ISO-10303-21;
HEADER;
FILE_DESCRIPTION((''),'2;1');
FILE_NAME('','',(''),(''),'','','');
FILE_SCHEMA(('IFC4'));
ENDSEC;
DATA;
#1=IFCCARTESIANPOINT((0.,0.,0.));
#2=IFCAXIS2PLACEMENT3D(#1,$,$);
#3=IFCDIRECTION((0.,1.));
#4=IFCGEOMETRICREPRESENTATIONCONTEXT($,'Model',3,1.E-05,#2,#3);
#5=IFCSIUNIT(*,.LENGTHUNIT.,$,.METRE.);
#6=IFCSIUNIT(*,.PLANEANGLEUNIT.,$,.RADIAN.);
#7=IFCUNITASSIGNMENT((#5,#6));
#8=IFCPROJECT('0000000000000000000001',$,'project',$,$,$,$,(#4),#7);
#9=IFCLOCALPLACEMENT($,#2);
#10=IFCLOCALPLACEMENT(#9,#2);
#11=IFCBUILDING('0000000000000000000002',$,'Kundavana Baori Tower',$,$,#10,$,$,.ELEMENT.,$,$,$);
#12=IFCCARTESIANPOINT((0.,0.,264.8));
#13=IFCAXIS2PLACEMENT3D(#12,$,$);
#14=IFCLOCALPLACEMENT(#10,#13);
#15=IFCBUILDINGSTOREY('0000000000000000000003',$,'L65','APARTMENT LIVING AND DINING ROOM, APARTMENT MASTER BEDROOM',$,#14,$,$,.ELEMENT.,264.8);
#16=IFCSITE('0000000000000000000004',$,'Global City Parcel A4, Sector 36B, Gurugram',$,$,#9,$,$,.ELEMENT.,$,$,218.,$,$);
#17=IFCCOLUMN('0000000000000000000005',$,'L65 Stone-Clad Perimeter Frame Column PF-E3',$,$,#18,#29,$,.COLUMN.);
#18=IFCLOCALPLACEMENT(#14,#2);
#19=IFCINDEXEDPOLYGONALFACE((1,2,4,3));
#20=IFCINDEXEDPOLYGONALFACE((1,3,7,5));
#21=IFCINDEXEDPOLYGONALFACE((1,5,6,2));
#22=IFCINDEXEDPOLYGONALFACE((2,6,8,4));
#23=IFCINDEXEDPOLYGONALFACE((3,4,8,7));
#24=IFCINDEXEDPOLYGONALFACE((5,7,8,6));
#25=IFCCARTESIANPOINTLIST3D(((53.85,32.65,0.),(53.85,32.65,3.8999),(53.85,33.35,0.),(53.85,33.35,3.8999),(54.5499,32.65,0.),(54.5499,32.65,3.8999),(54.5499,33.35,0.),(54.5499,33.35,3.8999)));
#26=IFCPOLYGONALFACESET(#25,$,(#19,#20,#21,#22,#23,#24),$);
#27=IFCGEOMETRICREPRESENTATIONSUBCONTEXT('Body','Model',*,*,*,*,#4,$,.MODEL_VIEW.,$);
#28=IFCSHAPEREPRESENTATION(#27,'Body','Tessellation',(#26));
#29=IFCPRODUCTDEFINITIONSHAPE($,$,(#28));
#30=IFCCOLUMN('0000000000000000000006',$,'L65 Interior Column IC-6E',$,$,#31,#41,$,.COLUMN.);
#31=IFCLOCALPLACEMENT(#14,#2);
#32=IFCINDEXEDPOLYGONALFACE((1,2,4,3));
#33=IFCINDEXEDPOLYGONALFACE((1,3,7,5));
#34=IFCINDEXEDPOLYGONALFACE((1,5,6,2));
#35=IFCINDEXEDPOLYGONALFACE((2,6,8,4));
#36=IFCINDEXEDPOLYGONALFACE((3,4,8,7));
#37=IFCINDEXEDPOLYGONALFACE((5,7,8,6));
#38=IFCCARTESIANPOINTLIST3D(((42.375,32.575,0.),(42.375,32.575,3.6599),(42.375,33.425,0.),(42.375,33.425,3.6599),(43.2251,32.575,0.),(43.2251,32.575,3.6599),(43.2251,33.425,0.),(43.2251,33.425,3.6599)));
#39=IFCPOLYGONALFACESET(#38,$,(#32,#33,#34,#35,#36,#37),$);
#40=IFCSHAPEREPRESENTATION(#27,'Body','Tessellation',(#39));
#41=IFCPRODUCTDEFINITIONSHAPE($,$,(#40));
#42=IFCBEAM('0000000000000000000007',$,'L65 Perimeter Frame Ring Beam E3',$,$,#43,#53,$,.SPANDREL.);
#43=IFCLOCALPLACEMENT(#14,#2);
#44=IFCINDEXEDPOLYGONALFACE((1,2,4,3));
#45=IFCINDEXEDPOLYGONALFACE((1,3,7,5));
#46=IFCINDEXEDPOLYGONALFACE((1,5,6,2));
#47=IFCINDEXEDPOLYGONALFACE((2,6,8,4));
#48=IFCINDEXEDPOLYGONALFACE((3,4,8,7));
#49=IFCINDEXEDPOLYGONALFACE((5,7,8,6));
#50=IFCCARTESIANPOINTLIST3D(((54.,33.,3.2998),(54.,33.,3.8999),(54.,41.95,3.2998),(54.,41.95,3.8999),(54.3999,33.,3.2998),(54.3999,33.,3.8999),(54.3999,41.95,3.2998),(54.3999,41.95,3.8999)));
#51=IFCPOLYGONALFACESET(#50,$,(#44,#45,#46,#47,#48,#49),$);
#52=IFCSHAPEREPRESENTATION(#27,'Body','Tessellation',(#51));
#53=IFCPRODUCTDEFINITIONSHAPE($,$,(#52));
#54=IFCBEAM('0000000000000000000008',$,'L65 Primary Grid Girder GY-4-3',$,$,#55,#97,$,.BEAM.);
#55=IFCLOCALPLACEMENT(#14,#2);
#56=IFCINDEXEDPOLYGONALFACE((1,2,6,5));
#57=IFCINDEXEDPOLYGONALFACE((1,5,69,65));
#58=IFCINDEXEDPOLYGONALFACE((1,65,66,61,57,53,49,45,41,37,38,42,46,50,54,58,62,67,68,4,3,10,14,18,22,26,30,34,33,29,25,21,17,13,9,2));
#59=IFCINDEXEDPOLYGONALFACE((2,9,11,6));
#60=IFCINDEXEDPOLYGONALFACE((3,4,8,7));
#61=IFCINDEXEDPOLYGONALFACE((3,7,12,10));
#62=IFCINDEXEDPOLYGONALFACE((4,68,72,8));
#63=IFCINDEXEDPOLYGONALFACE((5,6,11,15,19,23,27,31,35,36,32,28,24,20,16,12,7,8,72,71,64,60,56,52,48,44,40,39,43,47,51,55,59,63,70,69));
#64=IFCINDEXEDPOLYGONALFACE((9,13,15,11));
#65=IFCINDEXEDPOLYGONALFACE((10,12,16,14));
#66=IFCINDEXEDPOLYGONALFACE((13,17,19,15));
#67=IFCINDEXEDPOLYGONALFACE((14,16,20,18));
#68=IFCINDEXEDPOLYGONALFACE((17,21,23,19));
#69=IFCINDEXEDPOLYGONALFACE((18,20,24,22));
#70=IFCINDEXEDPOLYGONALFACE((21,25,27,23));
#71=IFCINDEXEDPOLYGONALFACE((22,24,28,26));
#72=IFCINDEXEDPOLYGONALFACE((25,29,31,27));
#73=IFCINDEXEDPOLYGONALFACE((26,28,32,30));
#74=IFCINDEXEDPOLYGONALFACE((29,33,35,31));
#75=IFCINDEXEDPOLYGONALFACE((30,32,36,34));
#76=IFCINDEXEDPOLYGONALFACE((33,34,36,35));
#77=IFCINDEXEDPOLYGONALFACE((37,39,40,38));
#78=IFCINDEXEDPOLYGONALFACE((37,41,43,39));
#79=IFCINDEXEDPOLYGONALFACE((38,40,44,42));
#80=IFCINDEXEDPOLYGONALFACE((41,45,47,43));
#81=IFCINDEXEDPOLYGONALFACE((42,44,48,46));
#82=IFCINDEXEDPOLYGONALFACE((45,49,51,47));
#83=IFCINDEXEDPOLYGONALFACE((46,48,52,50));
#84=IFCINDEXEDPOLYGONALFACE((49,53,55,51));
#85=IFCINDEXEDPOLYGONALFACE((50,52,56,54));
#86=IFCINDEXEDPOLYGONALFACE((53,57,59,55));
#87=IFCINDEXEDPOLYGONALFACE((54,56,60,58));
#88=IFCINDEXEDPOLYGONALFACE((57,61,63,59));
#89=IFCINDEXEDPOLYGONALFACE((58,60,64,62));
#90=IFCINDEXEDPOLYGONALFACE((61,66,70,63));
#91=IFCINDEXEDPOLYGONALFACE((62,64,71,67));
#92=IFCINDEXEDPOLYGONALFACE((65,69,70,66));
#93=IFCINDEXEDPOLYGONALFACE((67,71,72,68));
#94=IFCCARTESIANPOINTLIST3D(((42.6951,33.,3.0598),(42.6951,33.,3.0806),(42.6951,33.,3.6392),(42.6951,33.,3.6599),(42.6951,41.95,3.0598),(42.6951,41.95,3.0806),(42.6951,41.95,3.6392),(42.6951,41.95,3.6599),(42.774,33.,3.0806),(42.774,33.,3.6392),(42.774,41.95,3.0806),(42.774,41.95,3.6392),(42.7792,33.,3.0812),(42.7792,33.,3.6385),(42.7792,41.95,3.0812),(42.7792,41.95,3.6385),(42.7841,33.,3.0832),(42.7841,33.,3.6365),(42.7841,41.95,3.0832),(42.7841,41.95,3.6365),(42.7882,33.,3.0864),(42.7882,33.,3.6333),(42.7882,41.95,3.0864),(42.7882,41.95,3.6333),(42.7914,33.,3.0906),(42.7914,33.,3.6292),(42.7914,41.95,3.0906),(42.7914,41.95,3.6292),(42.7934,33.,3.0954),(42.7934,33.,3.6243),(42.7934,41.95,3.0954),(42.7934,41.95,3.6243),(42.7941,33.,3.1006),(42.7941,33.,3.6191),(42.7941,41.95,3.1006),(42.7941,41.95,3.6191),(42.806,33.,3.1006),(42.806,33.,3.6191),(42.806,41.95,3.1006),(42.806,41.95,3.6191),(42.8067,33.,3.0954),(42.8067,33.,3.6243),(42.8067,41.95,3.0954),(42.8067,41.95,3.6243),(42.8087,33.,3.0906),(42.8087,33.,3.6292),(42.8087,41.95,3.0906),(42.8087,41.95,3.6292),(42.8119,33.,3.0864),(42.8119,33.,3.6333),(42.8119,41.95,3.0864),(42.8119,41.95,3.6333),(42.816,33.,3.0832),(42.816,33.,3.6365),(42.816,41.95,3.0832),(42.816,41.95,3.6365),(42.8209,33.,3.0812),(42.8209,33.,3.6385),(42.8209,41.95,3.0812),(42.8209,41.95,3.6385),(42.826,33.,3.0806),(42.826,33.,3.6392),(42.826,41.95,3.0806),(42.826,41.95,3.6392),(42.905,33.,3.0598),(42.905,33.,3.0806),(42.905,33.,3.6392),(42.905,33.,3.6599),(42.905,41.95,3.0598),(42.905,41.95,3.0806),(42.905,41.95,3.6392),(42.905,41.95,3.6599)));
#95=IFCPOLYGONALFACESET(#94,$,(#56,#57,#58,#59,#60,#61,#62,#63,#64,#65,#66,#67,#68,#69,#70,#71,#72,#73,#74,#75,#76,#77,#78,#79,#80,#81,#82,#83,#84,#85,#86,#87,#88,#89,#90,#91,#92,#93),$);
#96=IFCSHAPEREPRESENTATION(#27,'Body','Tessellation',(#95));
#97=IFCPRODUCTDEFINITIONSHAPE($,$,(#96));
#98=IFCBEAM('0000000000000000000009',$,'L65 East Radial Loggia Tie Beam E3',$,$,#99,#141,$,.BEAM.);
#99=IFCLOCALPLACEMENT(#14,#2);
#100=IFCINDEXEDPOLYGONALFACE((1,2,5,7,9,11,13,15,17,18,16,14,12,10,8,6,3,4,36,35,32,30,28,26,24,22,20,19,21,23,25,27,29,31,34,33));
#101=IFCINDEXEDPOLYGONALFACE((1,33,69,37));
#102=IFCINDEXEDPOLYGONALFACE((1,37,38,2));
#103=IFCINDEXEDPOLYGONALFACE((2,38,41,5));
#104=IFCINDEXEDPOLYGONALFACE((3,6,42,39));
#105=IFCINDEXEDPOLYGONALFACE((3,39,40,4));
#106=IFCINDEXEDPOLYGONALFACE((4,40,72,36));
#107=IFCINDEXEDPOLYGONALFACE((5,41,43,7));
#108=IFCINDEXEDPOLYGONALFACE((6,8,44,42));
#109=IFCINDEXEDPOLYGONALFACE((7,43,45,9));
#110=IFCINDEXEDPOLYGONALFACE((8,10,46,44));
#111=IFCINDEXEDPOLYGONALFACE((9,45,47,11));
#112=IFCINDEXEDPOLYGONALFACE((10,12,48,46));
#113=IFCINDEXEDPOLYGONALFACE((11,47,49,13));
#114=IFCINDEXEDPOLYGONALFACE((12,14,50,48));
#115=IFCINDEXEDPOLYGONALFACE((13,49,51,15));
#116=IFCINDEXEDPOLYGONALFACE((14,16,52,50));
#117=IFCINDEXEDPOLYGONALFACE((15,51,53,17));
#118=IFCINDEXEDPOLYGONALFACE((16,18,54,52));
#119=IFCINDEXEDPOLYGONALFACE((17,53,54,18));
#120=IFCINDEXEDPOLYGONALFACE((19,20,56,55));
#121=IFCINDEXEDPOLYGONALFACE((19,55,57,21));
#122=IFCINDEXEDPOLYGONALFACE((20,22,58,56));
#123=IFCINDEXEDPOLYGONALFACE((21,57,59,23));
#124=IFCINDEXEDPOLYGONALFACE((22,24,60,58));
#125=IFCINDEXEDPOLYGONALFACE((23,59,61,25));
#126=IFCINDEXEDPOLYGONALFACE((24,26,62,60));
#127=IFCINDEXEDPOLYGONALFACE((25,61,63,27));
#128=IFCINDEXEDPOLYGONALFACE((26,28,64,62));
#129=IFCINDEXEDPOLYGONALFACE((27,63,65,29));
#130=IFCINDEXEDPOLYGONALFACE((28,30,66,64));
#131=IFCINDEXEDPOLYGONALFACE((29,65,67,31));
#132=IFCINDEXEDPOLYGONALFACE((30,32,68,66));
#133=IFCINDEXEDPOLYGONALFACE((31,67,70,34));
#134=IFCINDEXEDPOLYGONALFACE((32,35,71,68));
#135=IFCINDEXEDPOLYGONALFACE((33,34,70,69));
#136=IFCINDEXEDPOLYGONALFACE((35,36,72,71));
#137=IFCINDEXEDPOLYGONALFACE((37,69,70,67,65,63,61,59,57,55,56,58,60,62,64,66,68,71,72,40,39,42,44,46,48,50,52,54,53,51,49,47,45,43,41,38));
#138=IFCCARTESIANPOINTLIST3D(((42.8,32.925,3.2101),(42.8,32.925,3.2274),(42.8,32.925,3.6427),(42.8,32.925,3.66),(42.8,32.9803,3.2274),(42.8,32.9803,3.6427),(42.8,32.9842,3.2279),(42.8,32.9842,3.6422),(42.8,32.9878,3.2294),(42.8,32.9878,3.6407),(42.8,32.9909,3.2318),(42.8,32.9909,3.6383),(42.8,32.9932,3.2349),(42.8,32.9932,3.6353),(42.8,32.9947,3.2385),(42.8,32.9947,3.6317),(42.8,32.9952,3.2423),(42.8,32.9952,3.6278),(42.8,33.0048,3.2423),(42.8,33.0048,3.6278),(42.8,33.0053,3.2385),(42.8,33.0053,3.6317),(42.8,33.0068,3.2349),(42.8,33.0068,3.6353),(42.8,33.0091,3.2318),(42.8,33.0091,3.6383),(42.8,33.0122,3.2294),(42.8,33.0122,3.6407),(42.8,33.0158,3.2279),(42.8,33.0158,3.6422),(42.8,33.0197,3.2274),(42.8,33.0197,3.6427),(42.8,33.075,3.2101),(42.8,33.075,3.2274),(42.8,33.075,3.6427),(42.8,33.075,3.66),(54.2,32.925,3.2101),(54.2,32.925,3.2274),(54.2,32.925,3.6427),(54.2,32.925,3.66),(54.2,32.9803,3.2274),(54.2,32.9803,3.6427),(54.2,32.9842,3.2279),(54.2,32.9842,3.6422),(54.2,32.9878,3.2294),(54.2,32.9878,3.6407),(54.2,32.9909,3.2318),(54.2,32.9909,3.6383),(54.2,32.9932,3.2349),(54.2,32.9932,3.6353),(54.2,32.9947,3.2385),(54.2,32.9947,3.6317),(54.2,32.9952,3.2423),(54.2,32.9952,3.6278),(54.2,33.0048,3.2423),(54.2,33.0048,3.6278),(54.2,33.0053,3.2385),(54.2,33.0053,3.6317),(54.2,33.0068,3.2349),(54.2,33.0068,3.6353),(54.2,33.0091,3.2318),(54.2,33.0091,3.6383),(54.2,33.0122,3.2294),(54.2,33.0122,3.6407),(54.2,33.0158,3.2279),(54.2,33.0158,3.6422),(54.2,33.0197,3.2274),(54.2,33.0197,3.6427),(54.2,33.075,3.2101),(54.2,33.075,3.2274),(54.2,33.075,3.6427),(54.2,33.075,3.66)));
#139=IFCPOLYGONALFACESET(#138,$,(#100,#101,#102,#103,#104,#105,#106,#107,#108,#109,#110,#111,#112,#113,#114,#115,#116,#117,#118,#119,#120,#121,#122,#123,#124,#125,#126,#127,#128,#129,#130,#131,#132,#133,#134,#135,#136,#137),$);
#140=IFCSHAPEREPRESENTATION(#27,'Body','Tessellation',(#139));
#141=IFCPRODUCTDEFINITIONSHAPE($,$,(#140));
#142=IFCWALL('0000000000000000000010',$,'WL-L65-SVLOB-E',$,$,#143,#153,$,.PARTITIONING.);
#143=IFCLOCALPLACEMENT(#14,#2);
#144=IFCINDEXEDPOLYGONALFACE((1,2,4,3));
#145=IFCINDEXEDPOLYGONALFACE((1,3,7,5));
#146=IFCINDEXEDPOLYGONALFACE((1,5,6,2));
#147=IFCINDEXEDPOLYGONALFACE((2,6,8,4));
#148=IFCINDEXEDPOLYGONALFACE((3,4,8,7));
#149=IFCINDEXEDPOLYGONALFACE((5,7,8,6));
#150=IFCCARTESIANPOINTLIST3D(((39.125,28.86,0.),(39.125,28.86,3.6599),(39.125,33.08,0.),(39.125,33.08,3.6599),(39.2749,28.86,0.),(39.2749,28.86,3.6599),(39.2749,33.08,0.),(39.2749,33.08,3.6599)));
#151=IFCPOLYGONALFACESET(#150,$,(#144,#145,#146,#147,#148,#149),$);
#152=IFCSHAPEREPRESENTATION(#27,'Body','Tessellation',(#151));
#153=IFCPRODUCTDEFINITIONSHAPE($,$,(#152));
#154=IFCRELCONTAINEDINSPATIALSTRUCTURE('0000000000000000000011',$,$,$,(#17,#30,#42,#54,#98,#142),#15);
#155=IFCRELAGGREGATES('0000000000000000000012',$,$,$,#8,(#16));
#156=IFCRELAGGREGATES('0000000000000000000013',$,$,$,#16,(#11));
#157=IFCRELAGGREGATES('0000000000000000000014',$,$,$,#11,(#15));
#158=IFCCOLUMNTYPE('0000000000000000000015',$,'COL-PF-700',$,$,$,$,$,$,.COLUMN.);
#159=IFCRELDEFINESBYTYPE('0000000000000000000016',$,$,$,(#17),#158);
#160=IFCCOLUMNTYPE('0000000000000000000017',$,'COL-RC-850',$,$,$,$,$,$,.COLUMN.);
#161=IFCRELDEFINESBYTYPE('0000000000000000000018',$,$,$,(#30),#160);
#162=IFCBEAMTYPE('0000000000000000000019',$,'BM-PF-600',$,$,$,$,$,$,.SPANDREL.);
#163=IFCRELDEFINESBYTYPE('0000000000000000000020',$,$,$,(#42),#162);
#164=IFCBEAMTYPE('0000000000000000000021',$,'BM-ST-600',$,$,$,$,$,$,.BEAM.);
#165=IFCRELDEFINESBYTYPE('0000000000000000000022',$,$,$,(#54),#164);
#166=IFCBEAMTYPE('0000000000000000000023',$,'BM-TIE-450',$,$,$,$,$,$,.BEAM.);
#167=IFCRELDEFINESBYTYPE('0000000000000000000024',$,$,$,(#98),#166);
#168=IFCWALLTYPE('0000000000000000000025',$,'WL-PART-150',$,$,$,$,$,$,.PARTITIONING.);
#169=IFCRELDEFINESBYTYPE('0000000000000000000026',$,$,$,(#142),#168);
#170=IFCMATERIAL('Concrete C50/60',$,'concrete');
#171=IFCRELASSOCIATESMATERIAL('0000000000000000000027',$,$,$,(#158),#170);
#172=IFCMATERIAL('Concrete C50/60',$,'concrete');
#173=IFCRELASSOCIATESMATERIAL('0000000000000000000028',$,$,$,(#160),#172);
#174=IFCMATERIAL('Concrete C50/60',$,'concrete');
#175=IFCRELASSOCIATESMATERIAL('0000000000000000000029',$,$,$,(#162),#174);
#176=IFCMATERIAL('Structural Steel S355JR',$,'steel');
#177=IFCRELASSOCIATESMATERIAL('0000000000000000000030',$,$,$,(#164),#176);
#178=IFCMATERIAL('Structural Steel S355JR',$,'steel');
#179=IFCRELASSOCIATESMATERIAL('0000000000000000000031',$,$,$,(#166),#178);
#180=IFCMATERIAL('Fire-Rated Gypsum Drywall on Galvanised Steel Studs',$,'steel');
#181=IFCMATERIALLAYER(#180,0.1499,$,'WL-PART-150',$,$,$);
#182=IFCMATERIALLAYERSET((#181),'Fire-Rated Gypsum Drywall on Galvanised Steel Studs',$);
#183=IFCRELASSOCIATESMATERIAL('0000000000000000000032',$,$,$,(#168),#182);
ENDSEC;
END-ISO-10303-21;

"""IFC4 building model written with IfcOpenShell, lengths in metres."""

from ifc_helpers import new_model, si_unit, direction, frame, frame_2d, origin, origin_2d, place, context, subcontext, project, spatial, rectangle, i_section, extrude, material, layer, layer_set, material_profile, profile_set, type_object, element, save


model = new_model("IFC4")

# Units and contexts
model_context = context("Model", 3, precision=1e-05, world=origin(), true_north=direction((0.0, 1.0)))
body_context = subcontext(model_context, "Body", "Model", "MODEL_VIEW")
ifc_project = project(units=[si_unit("LENGTHUNIT", "METRE"), si_unit("PLANEANGLEUNIT", "RADIAN")], contexts=[model_context])

# Site, building, storey
site_placement = place(None, origin())
site = spatial("IfcSite", under=ifc_project, at=site_placement, Name="Global City Parcel A4, Sector 36B, Gurugram", CompositionType="ELEMENT", RefElevation=218.0)
building_placement = place(site_placement, origin())
building = spatial("IfcBuilding", under=site, at=building_placement, Name="Kundavana Baori Tower", CompositionType="ELEMENT")
storey_placement = place(building_placement, frame((0.0, 0.0, 264.8)))
storey = spatial("IfcBuildingStorey", under=building, at=storey_placement, Name="L65", Description="APARTMENT LIVING AND DINING ROOM, APARTMENT MASTER BEDROOM", CompositionType="ELEMENT", Elevation=264.8)

# Columns
ifc_material_1 = material(Name="Concrete C50/60", Category="concrete")
ifc_material_profile_1 = material_profile(ifc_material_1, rectangle(XDim=0.7, YDim=0.7, at=origin_2d()), Name="RC PF 700x700")
ifc_profile_set_1 = profile_set([ifc_material_profile_1], Name="Concrete C50/60")
column_type_1 = type_object("IfcColumnType", Name="COL-PF-700", PredefinedType="COLUMN", material=ifc_profile_set_1)
column_1_placement = place(storey_placement, frame((54.2, 33.0, 0.0), z_axis=(0.0, 0.0, 1.0), x_axis=(1.0, 0.0, 0.0)))
element("IfcColumn", 1, at=column_1_placement, inside=storey, type_object=column_type_1, Name="L65 Stone-Clad Perimeter Frame Column PF-E3", PredefinedType="COLUMN", context=body_context, shape_type="SweptSolid", body=[
    extrude(rectangle(XDim=0.7, YDim=0.7, at=origin_2d()), origin(), (0.0, 0.0, 1.0), 3.8999),
])
ifc_material_2 = material(Name="Concrete C50/60", Category="concrete")
ifc_material_profile_2 = material_profile(ifc_material_2, rectangle(XDim=0.8501, YDim=0.8501, at=origin_2d()), Name="RC 850x850")
ifc_profile_set_2 = profile_set([ifc_material_profile_2], Name="Concrete C50/60")
column_type_2 = type_object("IfcColumnType", Name="COL-RC-850", PredefinedType="COLUMN", material=ifc_profile_set_2)
column_2_placement = place(storey_placement, frame((42.8, 33.0, 0.0), z_axis=(0.0, 0.0, 1.0), x_axis=(1.0, 0.0, 0.0)))
element("IfcColumn", 2, at=column_2_placement, inside=storey, type_object=column_type_2, Name="L65 Interior Column IC-6E", PredefinedType="COLUMN", context=body_context, shape_type="SweptSolid", body=[
    extrude(rectangle(XDim=0.8501, YDim=0.8501, at=origin_2d()), origin(), (0.0, 0.0, 1.0), 3.6599),
])

# Beams
ifc_material_3 = material(Name="Concrete C50/60", Category="concrete")
ifc_material_profile_3 = material_profile(ifc_material_3, rectangle(XDim=0.3999, YDim=0.6001, at=origin_2d()), Name="RC BM 400x600")
ifc_profile_set_3 = profile_set([ifc_material_profile_3], Name="Concrete C50/60")
beam_type_1 = type_object("IfcBeamType", Name="BM-PF-600", PredefinedType="SPANDREL", material=ifc_profile_set_3)
beam_1_placement = place(storey_placement, frame((54.2, 33.0, 3.5999), z_axis=(0.0, 1.0, 0.0), x_axis=(-1.0, 0.0, 0.0)))
element("IfcBeam", 3, at=beam_1_placement, inside=storey, type_object=beam_type_1, Name="L65 Perimeter Frame Ring Beam E3", PredefinedType="SPANDREL", context=body_context, shape_type="SweptSolid", body=[
    extrude(rectangle(XDim=0.3999, YDim=0.6001, at=origin_2d()), origin(), (0.0, 0.0, 1.0), 8.95),
])
ifc_material_4 = material(Name="Structural Steel S355JR", Category="steel")
ifc_material_profile_4 = material_profile(ifc_material_4, i_section(OverallWidth=0.21, OverallDepth=0.6001, WebThickness=0.012, FlangeThickness=0.0208, FilletRadius=0.02, at=origin_2d()), Name="ISMB 600")
ifc_profile_set_4 = profile_set([ifc_material_profile_4], Name="Structural Steel S355JR")
beam_type_2 = type_object("IfcBeamType", Name="BM-ST-600", PredefinedType="BEAM", material=ifc_profile_set_4)
beam_2_placement = place(storey_placement, frame((42.8, 33.0, 3.3599), z_axis=(0.0, 1.0, 0.0), x_axis=(-1.0, 0.0, 0.0)))
element("IfcBeam", 4, at=beam_2_placement, inside=storey, type_object=beam_type_2, Name="L65 Primary Grid Girder GY-4-3", PredefinedType="BEAM", context=body_context, shape_type="SweptSolid", body=[
    extrude(i_section(OverallWidth=0.21, OverallDepth=0.6001, WebThickness=0.012, FlangeThickness=0.0208, FilletRadius=0.02, at=origin_2d()), origin(), (0.0, 0.0, 1.0), 8.95),
])
ifc_material_5 = material(Name="Structural Steel S355JR", Category="steel")
ifc_material_profile_5 = material_profile(ifc_material_5, i_section(OverallWidth=0.1499, OverallDepth=0.45, WebThickness=0.0095, FlangeThickness=0.0173, FilletRadius=0.0149, at=origin_2d()), Name="ISMB 450")
ifc_profile_set_5 = profile_set([ifc_material_profile_5], Name="Structural Steel S355JR")
beam_type_3 = type_object("IfcBeamType", Name="BM-TIE-450", PredefinedType="BEAM", material=ifc_profile_set_5)
beam_3_placement = place(storey_placement, frame((42.8, 33.0, 3.4351), z_axis=(1.0, 0.0, 0.0), x_axis=(0.0, 1.0, 0.0)))
element("IfcBeam", 5, at=beam_3_placement, inside=storey, type_object=beam_type_3, Name="L65 East Radial Loggia Tie Beam E3", PredefinedType="BEAM", context=body_context, shape_type="SweptSolid", body=[
    extrude(i_section(OverallWidth=0.1499, OverallDepth=0.45, WebThickness=0.0095, FlangeThickness=0.0173, FilletRadius=0.0149, at=origin_2d()), origin(), (0.0, 0.0, 1.0), 11.3999),
])

# Wall
ifc_material_6 = material(Name="Fire-Rated Gypsum Drywall on Galvanised Steel Studs", Category="steel")
ifc_layer_1 = layer(ifc_material_6, 0.1499, Name="WL-PART-150")
ifc_layer_set_1 = layer_set([ifc_layer_1], Name="Fire-Rated Gypsum Drywall on Galvanised Steel Studs")
wall_type_1 = type_object("IfcWallType", Name="WL-PART-150", PredefinedType="PARTITIONING", material=ifc_layer_set_1)
wall_1_placement = place(storey_placement, frame((39.2, 28.8601, 0.0), z_axis=(0.0, 0.0, 1.0), x_axis=(0.0, 1.0, 0.0)))
element("IfcWall", 6, at=wall_1_placement, inside=storey, type_object=wall_type_1, Name="WL-L65-SVLOB-E", PredefinedType="PARTITIONING", context=body_context, shape_type="SweptSolid", body=[
    extrude(rectangle(XDim=4.22, YDim=0.1499, at=frame_2d((2.1099, 0.0))), origin(), (0.0, 0.0, 1.0), 3.6599),
])

save(model, "model.ifc")
